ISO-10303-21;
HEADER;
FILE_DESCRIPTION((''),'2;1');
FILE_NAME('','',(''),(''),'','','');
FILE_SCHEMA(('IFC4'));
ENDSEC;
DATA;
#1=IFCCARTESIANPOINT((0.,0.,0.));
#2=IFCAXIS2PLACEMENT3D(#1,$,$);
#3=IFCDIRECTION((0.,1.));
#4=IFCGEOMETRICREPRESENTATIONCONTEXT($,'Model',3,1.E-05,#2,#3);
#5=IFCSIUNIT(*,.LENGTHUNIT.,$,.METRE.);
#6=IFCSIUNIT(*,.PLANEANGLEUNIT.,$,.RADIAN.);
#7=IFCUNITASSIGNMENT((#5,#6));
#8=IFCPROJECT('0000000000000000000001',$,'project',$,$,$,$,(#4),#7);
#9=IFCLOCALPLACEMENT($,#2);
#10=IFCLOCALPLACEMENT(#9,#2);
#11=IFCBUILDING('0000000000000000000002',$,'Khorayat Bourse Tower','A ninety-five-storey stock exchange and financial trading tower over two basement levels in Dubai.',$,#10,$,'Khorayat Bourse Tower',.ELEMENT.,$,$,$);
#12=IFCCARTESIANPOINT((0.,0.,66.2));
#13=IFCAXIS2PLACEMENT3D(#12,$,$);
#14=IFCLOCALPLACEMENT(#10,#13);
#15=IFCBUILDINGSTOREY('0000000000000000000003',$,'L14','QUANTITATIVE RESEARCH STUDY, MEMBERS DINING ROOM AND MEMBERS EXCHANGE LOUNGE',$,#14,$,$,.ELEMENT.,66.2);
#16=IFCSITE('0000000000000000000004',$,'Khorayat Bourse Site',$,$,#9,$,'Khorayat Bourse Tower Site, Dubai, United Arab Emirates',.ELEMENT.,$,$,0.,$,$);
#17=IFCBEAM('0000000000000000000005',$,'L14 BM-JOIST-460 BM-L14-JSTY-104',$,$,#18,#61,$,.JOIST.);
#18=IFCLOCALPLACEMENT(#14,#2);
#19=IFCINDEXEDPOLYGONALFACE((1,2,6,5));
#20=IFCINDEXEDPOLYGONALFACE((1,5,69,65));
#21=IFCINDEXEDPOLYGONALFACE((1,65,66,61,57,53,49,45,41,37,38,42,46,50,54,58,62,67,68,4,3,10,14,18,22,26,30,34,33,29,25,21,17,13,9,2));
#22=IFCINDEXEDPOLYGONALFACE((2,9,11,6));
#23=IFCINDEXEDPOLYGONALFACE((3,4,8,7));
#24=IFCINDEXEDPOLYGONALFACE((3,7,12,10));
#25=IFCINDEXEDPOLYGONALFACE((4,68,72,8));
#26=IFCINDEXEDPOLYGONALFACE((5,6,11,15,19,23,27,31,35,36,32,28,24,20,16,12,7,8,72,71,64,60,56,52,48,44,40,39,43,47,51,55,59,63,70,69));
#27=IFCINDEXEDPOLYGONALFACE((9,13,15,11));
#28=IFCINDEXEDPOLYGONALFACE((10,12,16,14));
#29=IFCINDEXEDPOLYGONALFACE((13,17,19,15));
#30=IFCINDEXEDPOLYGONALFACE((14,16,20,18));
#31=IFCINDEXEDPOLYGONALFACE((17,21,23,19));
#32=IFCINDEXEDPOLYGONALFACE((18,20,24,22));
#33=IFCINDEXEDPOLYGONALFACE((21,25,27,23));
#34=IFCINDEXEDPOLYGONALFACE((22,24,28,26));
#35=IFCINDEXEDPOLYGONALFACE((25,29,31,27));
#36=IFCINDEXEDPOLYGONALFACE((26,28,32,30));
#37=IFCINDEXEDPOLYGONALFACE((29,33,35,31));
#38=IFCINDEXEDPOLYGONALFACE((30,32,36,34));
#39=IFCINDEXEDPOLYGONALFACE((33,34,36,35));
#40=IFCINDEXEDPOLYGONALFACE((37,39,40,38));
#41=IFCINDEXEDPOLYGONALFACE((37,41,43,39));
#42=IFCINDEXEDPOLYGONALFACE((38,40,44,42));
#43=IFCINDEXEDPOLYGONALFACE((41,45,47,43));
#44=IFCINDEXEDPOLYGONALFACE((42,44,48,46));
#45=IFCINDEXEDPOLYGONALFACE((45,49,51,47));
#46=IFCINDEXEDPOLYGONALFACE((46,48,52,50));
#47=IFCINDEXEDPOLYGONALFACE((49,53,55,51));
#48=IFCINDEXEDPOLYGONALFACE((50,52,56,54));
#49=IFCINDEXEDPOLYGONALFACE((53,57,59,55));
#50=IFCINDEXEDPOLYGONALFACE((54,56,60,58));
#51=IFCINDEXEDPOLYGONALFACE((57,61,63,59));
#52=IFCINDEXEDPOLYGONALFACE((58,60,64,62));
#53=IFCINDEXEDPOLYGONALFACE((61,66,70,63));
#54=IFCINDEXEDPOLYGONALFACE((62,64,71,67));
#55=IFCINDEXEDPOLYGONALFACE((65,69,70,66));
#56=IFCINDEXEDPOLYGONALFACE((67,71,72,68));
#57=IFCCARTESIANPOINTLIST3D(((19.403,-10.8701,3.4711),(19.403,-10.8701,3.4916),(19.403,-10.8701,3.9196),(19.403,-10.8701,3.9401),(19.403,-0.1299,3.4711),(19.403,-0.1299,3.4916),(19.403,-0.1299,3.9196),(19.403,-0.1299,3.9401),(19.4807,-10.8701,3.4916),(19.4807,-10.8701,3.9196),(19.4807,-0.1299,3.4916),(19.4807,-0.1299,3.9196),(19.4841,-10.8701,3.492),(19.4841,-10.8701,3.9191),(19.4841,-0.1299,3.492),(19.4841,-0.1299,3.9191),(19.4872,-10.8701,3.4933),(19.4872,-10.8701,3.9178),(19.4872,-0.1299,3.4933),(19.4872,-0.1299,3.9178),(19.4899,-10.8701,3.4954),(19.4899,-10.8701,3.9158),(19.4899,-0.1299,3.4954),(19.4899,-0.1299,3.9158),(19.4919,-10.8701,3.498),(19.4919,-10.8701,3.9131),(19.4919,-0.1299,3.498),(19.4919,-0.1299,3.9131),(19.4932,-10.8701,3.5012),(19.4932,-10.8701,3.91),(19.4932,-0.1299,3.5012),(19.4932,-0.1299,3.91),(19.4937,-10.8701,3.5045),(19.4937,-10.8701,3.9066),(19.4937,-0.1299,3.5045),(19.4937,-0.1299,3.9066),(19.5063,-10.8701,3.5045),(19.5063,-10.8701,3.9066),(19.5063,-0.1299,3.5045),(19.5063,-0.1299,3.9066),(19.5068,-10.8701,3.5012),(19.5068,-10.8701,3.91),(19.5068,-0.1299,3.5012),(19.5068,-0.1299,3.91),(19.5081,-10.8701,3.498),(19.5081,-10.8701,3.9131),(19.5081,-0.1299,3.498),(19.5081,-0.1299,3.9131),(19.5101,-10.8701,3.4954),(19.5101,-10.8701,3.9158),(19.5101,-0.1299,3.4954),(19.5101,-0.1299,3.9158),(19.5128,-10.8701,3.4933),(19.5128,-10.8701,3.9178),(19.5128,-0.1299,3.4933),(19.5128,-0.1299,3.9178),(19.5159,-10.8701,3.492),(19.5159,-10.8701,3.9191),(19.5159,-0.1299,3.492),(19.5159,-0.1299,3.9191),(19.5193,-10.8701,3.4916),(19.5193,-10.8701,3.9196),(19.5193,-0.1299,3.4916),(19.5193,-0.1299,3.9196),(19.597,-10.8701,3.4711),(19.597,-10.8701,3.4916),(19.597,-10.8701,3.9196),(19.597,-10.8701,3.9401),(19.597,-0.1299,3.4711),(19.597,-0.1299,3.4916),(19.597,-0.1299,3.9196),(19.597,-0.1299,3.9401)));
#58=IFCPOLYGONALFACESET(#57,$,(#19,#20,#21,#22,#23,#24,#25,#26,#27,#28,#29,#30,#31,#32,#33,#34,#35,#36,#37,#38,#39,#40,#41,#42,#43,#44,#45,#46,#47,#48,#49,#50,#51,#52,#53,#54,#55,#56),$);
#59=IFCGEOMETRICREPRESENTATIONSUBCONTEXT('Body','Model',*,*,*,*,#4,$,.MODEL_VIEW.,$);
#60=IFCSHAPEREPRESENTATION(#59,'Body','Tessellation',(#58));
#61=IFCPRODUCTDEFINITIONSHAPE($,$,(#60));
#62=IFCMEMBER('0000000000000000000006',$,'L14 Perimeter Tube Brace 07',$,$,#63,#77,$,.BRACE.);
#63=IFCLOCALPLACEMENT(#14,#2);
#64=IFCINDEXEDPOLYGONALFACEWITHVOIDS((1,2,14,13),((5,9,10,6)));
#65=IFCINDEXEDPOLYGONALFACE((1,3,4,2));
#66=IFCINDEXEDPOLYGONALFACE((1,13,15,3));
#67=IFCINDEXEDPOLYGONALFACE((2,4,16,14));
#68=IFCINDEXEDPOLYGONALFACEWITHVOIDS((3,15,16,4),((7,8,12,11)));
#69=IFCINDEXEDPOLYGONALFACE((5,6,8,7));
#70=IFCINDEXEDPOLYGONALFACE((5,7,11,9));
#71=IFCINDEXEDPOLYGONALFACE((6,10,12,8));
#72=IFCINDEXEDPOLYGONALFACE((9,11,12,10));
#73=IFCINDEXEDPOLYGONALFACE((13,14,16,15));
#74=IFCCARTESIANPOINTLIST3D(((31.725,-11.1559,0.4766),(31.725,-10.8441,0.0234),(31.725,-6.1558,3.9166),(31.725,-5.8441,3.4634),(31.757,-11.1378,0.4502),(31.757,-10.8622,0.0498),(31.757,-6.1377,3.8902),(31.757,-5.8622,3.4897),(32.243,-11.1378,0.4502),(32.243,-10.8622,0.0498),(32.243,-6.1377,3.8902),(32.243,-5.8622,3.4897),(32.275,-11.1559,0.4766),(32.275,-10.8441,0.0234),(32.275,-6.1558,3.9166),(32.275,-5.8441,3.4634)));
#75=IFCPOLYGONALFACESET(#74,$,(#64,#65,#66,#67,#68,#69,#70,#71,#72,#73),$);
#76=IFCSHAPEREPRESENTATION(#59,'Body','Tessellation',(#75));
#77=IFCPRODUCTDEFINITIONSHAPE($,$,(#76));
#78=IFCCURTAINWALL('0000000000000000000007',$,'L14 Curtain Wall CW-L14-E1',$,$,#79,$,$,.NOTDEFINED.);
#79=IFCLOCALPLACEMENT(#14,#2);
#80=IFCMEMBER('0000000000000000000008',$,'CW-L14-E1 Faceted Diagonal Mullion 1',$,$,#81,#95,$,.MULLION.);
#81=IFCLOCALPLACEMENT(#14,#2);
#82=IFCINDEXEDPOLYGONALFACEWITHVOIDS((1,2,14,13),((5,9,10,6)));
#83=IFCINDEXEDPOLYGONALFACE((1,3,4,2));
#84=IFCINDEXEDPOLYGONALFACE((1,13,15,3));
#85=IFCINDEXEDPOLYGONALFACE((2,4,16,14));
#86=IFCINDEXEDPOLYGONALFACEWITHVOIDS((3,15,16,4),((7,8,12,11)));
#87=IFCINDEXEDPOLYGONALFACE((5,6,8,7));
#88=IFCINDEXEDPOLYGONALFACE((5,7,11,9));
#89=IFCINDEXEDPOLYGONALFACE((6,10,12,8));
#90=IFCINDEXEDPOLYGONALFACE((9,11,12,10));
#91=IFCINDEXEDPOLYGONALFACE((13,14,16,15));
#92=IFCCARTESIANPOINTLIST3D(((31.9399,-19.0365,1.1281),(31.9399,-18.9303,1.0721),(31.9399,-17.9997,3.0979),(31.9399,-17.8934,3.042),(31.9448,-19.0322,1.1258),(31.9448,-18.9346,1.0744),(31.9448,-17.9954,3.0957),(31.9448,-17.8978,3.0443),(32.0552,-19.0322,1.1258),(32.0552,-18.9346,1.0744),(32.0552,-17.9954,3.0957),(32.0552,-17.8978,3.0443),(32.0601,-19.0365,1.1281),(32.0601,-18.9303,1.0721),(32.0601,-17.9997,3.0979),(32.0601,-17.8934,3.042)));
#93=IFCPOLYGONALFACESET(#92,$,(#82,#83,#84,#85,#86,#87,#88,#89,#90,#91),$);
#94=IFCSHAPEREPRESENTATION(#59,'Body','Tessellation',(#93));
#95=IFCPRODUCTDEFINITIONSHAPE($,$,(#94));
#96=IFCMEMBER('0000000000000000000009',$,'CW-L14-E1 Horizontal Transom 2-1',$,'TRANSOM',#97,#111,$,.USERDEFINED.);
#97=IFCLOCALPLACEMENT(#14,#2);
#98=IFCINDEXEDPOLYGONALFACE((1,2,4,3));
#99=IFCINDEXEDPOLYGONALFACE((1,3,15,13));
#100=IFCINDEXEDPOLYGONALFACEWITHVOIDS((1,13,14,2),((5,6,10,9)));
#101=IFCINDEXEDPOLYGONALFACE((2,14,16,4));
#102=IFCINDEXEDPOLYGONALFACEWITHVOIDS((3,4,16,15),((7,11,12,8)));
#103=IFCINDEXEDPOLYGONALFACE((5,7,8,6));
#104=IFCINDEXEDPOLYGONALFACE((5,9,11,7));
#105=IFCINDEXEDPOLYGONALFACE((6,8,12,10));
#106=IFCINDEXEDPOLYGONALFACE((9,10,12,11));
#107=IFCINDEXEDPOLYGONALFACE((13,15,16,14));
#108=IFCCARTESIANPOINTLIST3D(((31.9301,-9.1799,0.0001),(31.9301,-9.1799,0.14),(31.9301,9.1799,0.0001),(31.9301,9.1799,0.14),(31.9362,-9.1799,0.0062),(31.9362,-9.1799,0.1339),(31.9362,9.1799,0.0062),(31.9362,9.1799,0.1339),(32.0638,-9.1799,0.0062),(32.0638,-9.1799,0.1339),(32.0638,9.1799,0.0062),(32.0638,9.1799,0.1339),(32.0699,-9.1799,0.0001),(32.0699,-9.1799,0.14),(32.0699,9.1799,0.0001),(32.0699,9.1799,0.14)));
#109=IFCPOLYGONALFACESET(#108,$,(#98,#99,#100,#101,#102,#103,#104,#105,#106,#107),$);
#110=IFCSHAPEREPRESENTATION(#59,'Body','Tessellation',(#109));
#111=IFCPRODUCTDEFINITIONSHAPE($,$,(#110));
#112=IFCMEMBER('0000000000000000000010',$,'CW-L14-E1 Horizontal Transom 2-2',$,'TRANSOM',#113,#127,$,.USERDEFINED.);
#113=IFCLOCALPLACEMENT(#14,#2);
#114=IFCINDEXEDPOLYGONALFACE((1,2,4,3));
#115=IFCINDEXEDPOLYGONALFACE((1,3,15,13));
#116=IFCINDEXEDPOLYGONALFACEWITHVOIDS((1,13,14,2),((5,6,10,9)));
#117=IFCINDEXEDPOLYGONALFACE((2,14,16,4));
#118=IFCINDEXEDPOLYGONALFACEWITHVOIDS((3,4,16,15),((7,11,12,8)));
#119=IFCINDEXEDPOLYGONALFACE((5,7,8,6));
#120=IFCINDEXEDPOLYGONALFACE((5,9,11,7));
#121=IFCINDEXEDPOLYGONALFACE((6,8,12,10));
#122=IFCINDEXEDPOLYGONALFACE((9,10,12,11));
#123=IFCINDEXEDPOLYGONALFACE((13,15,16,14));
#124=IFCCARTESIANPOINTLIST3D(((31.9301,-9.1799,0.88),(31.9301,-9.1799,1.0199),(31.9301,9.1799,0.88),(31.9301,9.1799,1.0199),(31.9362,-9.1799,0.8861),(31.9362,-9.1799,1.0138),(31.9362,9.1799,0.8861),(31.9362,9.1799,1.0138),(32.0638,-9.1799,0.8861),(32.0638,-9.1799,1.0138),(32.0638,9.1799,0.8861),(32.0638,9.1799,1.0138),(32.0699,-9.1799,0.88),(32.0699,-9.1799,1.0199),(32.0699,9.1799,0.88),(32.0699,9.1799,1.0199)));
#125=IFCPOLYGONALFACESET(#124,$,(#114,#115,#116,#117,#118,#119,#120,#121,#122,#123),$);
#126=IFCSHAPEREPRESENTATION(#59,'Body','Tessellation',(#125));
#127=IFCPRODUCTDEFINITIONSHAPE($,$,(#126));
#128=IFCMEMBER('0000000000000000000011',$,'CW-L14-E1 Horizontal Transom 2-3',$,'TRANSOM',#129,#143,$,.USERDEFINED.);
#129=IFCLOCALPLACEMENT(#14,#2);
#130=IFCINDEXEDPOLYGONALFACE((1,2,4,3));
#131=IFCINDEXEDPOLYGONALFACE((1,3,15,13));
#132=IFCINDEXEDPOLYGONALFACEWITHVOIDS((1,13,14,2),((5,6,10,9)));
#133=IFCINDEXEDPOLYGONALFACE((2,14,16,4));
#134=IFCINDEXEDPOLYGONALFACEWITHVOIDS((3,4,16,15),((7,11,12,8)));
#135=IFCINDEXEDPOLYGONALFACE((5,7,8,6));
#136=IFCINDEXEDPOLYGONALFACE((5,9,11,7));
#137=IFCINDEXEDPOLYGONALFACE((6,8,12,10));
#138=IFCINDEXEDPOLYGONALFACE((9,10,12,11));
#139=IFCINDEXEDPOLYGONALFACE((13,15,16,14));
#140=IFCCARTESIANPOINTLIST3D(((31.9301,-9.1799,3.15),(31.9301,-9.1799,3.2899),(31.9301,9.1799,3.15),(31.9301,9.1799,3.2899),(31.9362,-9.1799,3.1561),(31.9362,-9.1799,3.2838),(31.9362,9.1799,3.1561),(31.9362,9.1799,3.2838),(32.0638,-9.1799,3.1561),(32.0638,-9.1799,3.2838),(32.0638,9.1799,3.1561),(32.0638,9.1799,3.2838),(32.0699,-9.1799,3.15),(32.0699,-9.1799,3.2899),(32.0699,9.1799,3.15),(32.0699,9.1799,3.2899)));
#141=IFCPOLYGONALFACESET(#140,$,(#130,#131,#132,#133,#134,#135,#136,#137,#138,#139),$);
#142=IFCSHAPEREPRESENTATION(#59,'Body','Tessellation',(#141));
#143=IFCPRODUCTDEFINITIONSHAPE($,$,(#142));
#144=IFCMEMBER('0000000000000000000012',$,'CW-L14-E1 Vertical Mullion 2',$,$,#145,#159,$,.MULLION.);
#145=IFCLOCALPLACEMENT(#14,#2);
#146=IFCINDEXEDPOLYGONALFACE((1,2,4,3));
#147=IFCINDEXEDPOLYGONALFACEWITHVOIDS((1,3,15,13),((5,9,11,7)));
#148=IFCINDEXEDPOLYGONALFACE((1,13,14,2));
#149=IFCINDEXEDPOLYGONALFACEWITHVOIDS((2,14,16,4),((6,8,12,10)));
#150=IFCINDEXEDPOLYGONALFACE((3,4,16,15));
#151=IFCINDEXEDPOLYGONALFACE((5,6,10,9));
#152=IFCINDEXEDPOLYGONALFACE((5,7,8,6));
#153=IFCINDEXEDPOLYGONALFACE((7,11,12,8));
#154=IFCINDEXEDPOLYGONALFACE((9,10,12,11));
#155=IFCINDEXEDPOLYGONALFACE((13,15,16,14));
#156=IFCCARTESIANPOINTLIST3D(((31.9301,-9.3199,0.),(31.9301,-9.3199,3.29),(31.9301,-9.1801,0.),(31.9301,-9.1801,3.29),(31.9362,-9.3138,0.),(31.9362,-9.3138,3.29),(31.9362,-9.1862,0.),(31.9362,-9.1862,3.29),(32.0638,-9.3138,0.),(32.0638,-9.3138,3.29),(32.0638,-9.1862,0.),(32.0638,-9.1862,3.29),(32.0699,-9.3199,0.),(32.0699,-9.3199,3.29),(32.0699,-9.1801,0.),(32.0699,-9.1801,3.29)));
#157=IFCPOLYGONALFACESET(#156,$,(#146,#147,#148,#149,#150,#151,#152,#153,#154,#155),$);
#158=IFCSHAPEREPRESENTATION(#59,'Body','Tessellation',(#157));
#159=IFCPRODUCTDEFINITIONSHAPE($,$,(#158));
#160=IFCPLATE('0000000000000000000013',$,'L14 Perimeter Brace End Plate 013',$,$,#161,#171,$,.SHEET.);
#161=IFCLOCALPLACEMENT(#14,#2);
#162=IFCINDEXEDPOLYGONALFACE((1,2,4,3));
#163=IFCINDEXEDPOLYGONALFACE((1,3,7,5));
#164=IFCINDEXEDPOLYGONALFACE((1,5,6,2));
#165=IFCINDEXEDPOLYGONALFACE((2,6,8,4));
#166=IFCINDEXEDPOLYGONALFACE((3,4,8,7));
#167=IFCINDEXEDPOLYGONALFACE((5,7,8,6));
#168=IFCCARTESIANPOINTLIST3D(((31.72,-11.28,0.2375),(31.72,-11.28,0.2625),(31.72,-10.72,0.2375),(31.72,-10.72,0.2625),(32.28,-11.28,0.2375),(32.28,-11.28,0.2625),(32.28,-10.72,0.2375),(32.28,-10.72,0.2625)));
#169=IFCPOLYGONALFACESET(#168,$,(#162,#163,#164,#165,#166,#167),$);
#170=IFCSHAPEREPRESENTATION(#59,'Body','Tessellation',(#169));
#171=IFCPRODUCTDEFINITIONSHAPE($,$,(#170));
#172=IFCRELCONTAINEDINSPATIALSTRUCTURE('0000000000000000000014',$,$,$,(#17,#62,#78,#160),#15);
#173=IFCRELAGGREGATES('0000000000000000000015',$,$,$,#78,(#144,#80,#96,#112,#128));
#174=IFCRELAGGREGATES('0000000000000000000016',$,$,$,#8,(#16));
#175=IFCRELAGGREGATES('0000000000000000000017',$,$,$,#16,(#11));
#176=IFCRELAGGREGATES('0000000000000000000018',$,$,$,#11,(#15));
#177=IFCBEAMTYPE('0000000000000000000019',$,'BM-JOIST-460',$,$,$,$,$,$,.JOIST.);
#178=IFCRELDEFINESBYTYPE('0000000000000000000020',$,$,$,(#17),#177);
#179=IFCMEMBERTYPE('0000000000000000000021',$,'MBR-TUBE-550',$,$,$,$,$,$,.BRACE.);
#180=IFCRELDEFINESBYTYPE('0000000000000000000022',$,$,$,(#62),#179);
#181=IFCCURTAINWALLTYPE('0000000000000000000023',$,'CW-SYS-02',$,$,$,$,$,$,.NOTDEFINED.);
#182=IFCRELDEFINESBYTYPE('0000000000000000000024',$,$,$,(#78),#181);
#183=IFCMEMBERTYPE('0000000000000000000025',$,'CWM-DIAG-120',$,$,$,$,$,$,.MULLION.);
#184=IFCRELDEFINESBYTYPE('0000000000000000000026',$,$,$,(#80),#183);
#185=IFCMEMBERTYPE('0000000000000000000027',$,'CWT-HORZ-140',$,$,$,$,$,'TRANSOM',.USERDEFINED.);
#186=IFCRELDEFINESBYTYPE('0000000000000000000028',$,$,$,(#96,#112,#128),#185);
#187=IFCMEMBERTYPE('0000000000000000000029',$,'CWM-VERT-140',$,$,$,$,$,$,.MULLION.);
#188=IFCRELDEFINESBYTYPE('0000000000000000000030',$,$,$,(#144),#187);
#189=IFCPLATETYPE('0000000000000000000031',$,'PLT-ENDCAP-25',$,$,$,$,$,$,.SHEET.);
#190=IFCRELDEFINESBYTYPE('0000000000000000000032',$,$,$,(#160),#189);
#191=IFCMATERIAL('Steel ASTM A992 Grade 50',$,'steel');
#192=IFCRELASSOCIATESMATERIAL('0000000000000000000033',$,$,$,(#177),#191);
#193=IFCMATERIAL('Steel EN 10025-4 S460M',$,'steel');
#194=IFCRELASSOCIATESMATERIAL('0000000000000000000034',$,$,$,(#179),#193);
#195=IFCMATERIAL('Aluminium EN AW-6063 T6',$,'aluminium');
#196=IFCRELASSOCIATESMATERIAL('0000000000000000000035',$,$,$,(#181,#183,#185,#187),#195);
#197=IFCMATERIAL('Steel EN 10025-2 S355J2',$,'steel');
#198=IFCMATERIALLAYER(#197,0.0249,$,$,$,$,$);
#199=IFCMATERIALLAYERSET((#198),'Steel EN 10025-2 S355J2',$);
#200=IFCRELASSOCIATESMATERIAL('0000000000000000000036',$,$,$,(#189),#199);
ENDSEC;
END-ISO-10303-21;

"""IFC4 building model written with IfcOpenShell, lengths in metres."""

from ifc_helpers import new_model, si_unit, direction, frame, origin, origin_2d, place, context, subcontext, project, spatial, rectangle, hollow_rectangle, i_section, extrude, source, transform, mapped, material, layer, layer_set, material_profile, profile_set, type_object, element, aggregate, save


model = new_model("IFC4")

# Units and contexts
model_context = context("Model", 3, precision=1e-05, world=origin(), true_north=direction((0.0, 1.0)))
body_context = subcontext(model_context, "Body", "Model", "MODEL_VIEW")
ifc_project = project(units=[si_unit("LENGTHUNIT", "METRE"), si_unit("PLANEANGLEUNIT", "RADIAN")], contexts=[model_context])

# Site, building, storey
site_placement = place(None, origin())
site = spatial("IfcSite", under=ifc_project, at=site_placement, Name="Khorayat Bourse Site", LongName="Khorayat Bourse Tower Site, Dubai, United Arab Emirates", CompositionType="ELEMENT", RefElevation=0.0)
building_placement = place(site_placement, origin())
building = spatial("IfcBuilding", under=site, at=building_placement, Name="Khorayat Bourse Tower", Description="A ninety-five-storey stock exchange and financial trading tower over two basement levels in Dubai.", LongName="Khorayat Bourse Tower", CompositionType="ELEMENT")
storey_placement = place(building_placement, frame((0.0, 0.0, 66.2)))
storey = spatial("IfcBuildingStorey", under=building, at=storey_placement, Name="L14", Description="QUANTITATIVE RESEARCH STUDY, MEMBERS DINING ROOM AND MEMBERS EXCHANGE LOUNGE", CompositionType="ELEMENT", Elevation=66.2)

# Shared definitions
ifc_material_1 = material(Name="Steel EN 10025-4 S460M", Category="steel")

# Beam
ifc_material_2 = material(Name="Steel ASTM A992 Grade 50", Category="steel")
ifc_material_profile_1 = material_profile(ifc_material_2, i_section(OverallWidth=0.1941, OverallDepth=0.469, WebThickness=0.0127, FlangeThickness=0.0205, FilletRadius=0.0129, at=origin_2d()), Name="W460X106")
ifc_profile_set_1 = profile_set([ifc_material_profile_1], Name="Steel ASTM A992 Grade 50")
beam_type_1 = type_object("IfcBeamType", Name="BM-JOIST-460", PredefinedType="JOIST", material=ifc_profile_set_1)
shared_shape_1 = source(origin(), body_context, "Body", "SweptSolid", [
    extrude(i_section(OverallWidth=0.1941, OverallDepth=0.469, WebThickness=0.0127, FlangeThickness=0.0205, FilletRadius=0.0129, at=origin_2d()), origin(), (0.0, 0.0, 1.0), 10.7402),
])
beam_1_placement = place(storey_placement, frame((19.5, -10.8701, 3.7056), z_axis=(0.0, 1.0, 0.0), x_axis=(-1.0, 0.0, 0.0)))
element("IfcBeam", 1, at=beam_1_placement, inside=storey, type_object=beam_type_1, Name="L14 BM-JOIST-460 BM-L14-JSTY-104", PredefinedType="JOIST", context=body_context, shape_type="MappedRepresentation", body=[
    mapped(shared_shape_1, transform((0.0, 0.0, 0.0), scale=1.0)),
])

# Member
ifc_material_profile_2 = material_profile(ifc_material_1, hollow_rectangle(XDim=0.55, YDim=0.55, WallThickness=0.032, at=origin_2d()), Name="HSS 550x550x32")
ifc_profile_set_2 = profile_set([ifc_material_profile_2], Name="Steel EN 10025-4 S460M")
member_type_1 = type_object("IfcMemberType", Name="MBR-TUBE-550", PredefinedType="BRACE", material=ifc_profile_set_2)
shared_shape_2 = source(origin(), body_context, "Body", "SweptSolid", [
    extrude(hollow_rectangle(XDim=0.55, YDim=0.55, WallThickness=0.032, at=origin_2d()), origin(), (0.0, 0.0, 1.0), 6.0691),
])
member_1_placement = place(storey_placement, frame((32.0, -11.0, 0.25), z_axis=(0.0, 0.823854, 0.566802), x_axis=(-1.0, 0.0, 0.0)))
element("IfcMember", 2, at=member_1_placement, inside=storey, type_object=member_type_1, Name="L14 Perimeter Tube Brace 07", PredefinedType="BRACE", context=body_context, shape_type="MappedRepresentation", body=[
    mapped(shared_shape_2, transform((0.0, 0.0, 0.0), scale=1.0)),
])

# Curtain wall, members
ifc_material_3 = material(Name="Aluminium EN AW-6063 T6", Category="aluminium")
curtain_wall_type = type_object("IfcCurtainWallType", Name="CW-SYS-02", PredefinedType="NOTDEFINED", material=ifc_material_3)
curtain_wall_placement = place(storey_placement, origin())
curtain_wall = element("IfcCurtainWall", 3, at=curtain_wall_placement, inside=storey, type_object=curtain_wall_type, Name="L14 Curtain Wall CW-L14-E1", PredefinedType="NOTDEFINED")
ifc_material_profile_3 = material_profile(ifc_material_3, hollow_rectangle(XDim=0.1201, YDim=0.1201, WallThickness=0.0049, at=origin_2d()), Name="ALU 120x120x5")
ifc_profile_set_3 = profile_set([ifc_material_profile_3], Name="Aluminium EN AW-6063 T6")
member_type_2 = type_object("IfcMemberType", Name="CWM-DIAG-120", PredefinedType="MULLION", material=ifc_profile_set_3)
shared_shape_3 = source(origin(), body_context, "Body", "SweptSolid", [
    extrude(hollow_rectangle(XDim=0.1201, YDim=0.1201, WallThickness=0.0049, at=origin_2d()), origin(), (0.0, 0.0, 1.0), 2.2261),
])
member_2_placement = place(storey_placement, frame((32.0, -18.9834, 1.1001), z_axis=(0.0, 0.46576, 0.884911), x_axis=(-1.0, 0.0, 0.0)))
member_2 = element("IfcMember", 4, at=member_2_placement, type_object=member_type_2, Name="CW-L14-E1 Faceted Diagonal Mullion 1", PredefinedType="MULLION", context=body_context, shape_type="MappedRepresentation", body=[
    mapped(shared_shape_3, transform((0.0, 0.0, 0.0), scale=1.0)),
])
ifc_material_profile_4 = material_profile(ifc_material_3, hollow_rectangle(XDim=0.1399, YDim=0.1399, WallThickness=0.0061, at=origin_2d()), Name="ALU 140x140x6")
ifc_profile_set_4 = profile_set([ifc_material_profile_4], Name="Aluminium EN AW-6063 T6")
member_type_3 = type_object("IfcMemberType", Name="CWT-HORZ-140", ElementType="TRANSOM", PredefinedType="USERDEFINED", material=ifc_profile_set_4)
shared_shape_4 = source(origin(), body_context, "Body", "SweptSolid", [
    extrude(hollow_rectangle(XDim=0.1399, YDim=0.1399, WallThickness=0.0061, at=origin_2d()), origin(), (0.0, 0.0, 1.0), 18.3599),
])
member_3_placement = place(storey_placement, frame((32.0, -9.1799, 0.0701), z_axis=(0.0, 1.0, 0.0), x_axis=(-1.0, 0.0, 0.0)))
member_3 = element("IfcMember", 5, at=member_3_placement, type_object=member_type_3, Name="CW-L14-E1 Horizontal Transom 2-1", ObjectType="TRANSOM", PredefinedType="USERDEFINED", context=body_context, shape_type="MappedRepresentation", body=[
    mapped(shared_shape_4, transform((0.0, 0.0, 0.0), scale=1.0)),
])
member_4_placement = place(storey_placement, frame((32.0, -9.1799, 0.95), z_axis=(0.0, 1.0, 0.0), x_axis=(-1.0, 0.0, 0.0)))
member_4 = element("IfcMember", 6, at=member_4_placement, type_object=member_type_3, Name="CW-L14-E1 Horizontal Transom 2-2", ObjectType="TRANSOM", PredefinedType="USERDEFINED", context=body_context, shape_type="MappedRepresentation", body=[
    mapped(shared_shape_4, transform((0.0, 0.0, 0.0), scale=1.0)),
])
member_5_placement = place(storey_placement, frame((32.0, -9.1799, 3.22), z_axis=(0.0, 1.0, 0.0), x_axis=(-1.0, 0.0, 0.0)))
member_5 = element("IfcMember", 7, at=member_5_placement, type_object=member_type_3, Name="CW-L14-E1 Horizontal Transom 2-3", ObjectType="TRANSOM", PredefinedType="USERDEFINED", context=body_context, shape_type="MappedRepresentation", body=[
    mapped(shared_shape_4, transform((0.0, 0.0, 0.0), scale=1.0)),
])
ifc_material_profile_5 = material_profile(ifc_material_3, hollow_rectangle(XDim=0.1399, YDim=0.1399, WallThickness=0.0061, at=origin_2d()), Name="ALU 140x140x6")
ifc_profile_set_5 = profile_set([ifc_material_profile_5], Name="Aluminium EN AW-6063 T6")
member_type_4 = type_object("IfcMemberType", Name="CWM-VERT-140", PredefinedType="MULLION", material=ifc_profile_set_5)
shared_shape_5 = source(origin(), body_context, "Body", "SweptSolid", [
    extrude(hollow_rectangle(XDim=0.1399, YDim=0.1399, WallThickness=0.0061, at=origin_2d()), origin(), (0.0, 0.0, 1.0), 3.29),
])
member_6_placement = place(storey_placement, frame((32.0, -9.25, 0.0), z_axis=(0.0, 0.0, 1.0), x_axis=(-1.0, 0.0, 0.0)))
member_6 = element("IfcMember", 8, at=member_6_placement, type_object=member_type_4, Name="CW-L14-E1 Vertical Mullion 2", PredefinedType="MULLION", context=body_context, shape_type="MappedRepresentation", body=[
    mapped(shared_shape_5, transform((0.0, 0.0, 0.0), scale=1.0)),
])

# Plate
ifc_material_4 = material(Name="Steel EN 10025-2 S355J2", Category="steel")
ifc_layer_1 = layer(ifc_material_4, 0.0249)
ifc_layer_set_1 = layer_set([ifc_layer_1], Name="Steel EN 10025-2 S355J2")
plate_type_1 = type_object("IfcPlateType", Name="PLT-ENDCAP-25", PredefinedType="SHEET", material=ifc_layer_set_1)
shared_shape_6 = source(origin(), body_context, "Body", "SweptSolid", [
    extrude(rectangle(XDim=0.5601, YDim=0.5601, at=origin_2d()), origin(), (0.0, 0.0, 1.0), 0.0249),
])
for number, where, z_axis, x_axis, name in (
    (9, (32.0, -11.0, 0.2375), (0.0, 0.0, 1.0), (1.0, 0.0, 0.0), "L14 Perimeter Brace End Plate 013"),
):
    element("IfcPlate", number, at=place(storey_placement, frame(where, z_axis=z_axis, x_axis=x_axis)), inside=storey, type_object=plate_type_1, Name=name, PredefinedType="SHEET", context=body_context, shape_type="MappedRepresentation", body=[
        mapped(shared_shape_6, transform((0.0, 0.0, 0.0), scale=1.0)),
    ])

aggregate(curtain_wall, [member_6, member_2, member_3, member_4, member_5])

save(model, "model.ifc")
